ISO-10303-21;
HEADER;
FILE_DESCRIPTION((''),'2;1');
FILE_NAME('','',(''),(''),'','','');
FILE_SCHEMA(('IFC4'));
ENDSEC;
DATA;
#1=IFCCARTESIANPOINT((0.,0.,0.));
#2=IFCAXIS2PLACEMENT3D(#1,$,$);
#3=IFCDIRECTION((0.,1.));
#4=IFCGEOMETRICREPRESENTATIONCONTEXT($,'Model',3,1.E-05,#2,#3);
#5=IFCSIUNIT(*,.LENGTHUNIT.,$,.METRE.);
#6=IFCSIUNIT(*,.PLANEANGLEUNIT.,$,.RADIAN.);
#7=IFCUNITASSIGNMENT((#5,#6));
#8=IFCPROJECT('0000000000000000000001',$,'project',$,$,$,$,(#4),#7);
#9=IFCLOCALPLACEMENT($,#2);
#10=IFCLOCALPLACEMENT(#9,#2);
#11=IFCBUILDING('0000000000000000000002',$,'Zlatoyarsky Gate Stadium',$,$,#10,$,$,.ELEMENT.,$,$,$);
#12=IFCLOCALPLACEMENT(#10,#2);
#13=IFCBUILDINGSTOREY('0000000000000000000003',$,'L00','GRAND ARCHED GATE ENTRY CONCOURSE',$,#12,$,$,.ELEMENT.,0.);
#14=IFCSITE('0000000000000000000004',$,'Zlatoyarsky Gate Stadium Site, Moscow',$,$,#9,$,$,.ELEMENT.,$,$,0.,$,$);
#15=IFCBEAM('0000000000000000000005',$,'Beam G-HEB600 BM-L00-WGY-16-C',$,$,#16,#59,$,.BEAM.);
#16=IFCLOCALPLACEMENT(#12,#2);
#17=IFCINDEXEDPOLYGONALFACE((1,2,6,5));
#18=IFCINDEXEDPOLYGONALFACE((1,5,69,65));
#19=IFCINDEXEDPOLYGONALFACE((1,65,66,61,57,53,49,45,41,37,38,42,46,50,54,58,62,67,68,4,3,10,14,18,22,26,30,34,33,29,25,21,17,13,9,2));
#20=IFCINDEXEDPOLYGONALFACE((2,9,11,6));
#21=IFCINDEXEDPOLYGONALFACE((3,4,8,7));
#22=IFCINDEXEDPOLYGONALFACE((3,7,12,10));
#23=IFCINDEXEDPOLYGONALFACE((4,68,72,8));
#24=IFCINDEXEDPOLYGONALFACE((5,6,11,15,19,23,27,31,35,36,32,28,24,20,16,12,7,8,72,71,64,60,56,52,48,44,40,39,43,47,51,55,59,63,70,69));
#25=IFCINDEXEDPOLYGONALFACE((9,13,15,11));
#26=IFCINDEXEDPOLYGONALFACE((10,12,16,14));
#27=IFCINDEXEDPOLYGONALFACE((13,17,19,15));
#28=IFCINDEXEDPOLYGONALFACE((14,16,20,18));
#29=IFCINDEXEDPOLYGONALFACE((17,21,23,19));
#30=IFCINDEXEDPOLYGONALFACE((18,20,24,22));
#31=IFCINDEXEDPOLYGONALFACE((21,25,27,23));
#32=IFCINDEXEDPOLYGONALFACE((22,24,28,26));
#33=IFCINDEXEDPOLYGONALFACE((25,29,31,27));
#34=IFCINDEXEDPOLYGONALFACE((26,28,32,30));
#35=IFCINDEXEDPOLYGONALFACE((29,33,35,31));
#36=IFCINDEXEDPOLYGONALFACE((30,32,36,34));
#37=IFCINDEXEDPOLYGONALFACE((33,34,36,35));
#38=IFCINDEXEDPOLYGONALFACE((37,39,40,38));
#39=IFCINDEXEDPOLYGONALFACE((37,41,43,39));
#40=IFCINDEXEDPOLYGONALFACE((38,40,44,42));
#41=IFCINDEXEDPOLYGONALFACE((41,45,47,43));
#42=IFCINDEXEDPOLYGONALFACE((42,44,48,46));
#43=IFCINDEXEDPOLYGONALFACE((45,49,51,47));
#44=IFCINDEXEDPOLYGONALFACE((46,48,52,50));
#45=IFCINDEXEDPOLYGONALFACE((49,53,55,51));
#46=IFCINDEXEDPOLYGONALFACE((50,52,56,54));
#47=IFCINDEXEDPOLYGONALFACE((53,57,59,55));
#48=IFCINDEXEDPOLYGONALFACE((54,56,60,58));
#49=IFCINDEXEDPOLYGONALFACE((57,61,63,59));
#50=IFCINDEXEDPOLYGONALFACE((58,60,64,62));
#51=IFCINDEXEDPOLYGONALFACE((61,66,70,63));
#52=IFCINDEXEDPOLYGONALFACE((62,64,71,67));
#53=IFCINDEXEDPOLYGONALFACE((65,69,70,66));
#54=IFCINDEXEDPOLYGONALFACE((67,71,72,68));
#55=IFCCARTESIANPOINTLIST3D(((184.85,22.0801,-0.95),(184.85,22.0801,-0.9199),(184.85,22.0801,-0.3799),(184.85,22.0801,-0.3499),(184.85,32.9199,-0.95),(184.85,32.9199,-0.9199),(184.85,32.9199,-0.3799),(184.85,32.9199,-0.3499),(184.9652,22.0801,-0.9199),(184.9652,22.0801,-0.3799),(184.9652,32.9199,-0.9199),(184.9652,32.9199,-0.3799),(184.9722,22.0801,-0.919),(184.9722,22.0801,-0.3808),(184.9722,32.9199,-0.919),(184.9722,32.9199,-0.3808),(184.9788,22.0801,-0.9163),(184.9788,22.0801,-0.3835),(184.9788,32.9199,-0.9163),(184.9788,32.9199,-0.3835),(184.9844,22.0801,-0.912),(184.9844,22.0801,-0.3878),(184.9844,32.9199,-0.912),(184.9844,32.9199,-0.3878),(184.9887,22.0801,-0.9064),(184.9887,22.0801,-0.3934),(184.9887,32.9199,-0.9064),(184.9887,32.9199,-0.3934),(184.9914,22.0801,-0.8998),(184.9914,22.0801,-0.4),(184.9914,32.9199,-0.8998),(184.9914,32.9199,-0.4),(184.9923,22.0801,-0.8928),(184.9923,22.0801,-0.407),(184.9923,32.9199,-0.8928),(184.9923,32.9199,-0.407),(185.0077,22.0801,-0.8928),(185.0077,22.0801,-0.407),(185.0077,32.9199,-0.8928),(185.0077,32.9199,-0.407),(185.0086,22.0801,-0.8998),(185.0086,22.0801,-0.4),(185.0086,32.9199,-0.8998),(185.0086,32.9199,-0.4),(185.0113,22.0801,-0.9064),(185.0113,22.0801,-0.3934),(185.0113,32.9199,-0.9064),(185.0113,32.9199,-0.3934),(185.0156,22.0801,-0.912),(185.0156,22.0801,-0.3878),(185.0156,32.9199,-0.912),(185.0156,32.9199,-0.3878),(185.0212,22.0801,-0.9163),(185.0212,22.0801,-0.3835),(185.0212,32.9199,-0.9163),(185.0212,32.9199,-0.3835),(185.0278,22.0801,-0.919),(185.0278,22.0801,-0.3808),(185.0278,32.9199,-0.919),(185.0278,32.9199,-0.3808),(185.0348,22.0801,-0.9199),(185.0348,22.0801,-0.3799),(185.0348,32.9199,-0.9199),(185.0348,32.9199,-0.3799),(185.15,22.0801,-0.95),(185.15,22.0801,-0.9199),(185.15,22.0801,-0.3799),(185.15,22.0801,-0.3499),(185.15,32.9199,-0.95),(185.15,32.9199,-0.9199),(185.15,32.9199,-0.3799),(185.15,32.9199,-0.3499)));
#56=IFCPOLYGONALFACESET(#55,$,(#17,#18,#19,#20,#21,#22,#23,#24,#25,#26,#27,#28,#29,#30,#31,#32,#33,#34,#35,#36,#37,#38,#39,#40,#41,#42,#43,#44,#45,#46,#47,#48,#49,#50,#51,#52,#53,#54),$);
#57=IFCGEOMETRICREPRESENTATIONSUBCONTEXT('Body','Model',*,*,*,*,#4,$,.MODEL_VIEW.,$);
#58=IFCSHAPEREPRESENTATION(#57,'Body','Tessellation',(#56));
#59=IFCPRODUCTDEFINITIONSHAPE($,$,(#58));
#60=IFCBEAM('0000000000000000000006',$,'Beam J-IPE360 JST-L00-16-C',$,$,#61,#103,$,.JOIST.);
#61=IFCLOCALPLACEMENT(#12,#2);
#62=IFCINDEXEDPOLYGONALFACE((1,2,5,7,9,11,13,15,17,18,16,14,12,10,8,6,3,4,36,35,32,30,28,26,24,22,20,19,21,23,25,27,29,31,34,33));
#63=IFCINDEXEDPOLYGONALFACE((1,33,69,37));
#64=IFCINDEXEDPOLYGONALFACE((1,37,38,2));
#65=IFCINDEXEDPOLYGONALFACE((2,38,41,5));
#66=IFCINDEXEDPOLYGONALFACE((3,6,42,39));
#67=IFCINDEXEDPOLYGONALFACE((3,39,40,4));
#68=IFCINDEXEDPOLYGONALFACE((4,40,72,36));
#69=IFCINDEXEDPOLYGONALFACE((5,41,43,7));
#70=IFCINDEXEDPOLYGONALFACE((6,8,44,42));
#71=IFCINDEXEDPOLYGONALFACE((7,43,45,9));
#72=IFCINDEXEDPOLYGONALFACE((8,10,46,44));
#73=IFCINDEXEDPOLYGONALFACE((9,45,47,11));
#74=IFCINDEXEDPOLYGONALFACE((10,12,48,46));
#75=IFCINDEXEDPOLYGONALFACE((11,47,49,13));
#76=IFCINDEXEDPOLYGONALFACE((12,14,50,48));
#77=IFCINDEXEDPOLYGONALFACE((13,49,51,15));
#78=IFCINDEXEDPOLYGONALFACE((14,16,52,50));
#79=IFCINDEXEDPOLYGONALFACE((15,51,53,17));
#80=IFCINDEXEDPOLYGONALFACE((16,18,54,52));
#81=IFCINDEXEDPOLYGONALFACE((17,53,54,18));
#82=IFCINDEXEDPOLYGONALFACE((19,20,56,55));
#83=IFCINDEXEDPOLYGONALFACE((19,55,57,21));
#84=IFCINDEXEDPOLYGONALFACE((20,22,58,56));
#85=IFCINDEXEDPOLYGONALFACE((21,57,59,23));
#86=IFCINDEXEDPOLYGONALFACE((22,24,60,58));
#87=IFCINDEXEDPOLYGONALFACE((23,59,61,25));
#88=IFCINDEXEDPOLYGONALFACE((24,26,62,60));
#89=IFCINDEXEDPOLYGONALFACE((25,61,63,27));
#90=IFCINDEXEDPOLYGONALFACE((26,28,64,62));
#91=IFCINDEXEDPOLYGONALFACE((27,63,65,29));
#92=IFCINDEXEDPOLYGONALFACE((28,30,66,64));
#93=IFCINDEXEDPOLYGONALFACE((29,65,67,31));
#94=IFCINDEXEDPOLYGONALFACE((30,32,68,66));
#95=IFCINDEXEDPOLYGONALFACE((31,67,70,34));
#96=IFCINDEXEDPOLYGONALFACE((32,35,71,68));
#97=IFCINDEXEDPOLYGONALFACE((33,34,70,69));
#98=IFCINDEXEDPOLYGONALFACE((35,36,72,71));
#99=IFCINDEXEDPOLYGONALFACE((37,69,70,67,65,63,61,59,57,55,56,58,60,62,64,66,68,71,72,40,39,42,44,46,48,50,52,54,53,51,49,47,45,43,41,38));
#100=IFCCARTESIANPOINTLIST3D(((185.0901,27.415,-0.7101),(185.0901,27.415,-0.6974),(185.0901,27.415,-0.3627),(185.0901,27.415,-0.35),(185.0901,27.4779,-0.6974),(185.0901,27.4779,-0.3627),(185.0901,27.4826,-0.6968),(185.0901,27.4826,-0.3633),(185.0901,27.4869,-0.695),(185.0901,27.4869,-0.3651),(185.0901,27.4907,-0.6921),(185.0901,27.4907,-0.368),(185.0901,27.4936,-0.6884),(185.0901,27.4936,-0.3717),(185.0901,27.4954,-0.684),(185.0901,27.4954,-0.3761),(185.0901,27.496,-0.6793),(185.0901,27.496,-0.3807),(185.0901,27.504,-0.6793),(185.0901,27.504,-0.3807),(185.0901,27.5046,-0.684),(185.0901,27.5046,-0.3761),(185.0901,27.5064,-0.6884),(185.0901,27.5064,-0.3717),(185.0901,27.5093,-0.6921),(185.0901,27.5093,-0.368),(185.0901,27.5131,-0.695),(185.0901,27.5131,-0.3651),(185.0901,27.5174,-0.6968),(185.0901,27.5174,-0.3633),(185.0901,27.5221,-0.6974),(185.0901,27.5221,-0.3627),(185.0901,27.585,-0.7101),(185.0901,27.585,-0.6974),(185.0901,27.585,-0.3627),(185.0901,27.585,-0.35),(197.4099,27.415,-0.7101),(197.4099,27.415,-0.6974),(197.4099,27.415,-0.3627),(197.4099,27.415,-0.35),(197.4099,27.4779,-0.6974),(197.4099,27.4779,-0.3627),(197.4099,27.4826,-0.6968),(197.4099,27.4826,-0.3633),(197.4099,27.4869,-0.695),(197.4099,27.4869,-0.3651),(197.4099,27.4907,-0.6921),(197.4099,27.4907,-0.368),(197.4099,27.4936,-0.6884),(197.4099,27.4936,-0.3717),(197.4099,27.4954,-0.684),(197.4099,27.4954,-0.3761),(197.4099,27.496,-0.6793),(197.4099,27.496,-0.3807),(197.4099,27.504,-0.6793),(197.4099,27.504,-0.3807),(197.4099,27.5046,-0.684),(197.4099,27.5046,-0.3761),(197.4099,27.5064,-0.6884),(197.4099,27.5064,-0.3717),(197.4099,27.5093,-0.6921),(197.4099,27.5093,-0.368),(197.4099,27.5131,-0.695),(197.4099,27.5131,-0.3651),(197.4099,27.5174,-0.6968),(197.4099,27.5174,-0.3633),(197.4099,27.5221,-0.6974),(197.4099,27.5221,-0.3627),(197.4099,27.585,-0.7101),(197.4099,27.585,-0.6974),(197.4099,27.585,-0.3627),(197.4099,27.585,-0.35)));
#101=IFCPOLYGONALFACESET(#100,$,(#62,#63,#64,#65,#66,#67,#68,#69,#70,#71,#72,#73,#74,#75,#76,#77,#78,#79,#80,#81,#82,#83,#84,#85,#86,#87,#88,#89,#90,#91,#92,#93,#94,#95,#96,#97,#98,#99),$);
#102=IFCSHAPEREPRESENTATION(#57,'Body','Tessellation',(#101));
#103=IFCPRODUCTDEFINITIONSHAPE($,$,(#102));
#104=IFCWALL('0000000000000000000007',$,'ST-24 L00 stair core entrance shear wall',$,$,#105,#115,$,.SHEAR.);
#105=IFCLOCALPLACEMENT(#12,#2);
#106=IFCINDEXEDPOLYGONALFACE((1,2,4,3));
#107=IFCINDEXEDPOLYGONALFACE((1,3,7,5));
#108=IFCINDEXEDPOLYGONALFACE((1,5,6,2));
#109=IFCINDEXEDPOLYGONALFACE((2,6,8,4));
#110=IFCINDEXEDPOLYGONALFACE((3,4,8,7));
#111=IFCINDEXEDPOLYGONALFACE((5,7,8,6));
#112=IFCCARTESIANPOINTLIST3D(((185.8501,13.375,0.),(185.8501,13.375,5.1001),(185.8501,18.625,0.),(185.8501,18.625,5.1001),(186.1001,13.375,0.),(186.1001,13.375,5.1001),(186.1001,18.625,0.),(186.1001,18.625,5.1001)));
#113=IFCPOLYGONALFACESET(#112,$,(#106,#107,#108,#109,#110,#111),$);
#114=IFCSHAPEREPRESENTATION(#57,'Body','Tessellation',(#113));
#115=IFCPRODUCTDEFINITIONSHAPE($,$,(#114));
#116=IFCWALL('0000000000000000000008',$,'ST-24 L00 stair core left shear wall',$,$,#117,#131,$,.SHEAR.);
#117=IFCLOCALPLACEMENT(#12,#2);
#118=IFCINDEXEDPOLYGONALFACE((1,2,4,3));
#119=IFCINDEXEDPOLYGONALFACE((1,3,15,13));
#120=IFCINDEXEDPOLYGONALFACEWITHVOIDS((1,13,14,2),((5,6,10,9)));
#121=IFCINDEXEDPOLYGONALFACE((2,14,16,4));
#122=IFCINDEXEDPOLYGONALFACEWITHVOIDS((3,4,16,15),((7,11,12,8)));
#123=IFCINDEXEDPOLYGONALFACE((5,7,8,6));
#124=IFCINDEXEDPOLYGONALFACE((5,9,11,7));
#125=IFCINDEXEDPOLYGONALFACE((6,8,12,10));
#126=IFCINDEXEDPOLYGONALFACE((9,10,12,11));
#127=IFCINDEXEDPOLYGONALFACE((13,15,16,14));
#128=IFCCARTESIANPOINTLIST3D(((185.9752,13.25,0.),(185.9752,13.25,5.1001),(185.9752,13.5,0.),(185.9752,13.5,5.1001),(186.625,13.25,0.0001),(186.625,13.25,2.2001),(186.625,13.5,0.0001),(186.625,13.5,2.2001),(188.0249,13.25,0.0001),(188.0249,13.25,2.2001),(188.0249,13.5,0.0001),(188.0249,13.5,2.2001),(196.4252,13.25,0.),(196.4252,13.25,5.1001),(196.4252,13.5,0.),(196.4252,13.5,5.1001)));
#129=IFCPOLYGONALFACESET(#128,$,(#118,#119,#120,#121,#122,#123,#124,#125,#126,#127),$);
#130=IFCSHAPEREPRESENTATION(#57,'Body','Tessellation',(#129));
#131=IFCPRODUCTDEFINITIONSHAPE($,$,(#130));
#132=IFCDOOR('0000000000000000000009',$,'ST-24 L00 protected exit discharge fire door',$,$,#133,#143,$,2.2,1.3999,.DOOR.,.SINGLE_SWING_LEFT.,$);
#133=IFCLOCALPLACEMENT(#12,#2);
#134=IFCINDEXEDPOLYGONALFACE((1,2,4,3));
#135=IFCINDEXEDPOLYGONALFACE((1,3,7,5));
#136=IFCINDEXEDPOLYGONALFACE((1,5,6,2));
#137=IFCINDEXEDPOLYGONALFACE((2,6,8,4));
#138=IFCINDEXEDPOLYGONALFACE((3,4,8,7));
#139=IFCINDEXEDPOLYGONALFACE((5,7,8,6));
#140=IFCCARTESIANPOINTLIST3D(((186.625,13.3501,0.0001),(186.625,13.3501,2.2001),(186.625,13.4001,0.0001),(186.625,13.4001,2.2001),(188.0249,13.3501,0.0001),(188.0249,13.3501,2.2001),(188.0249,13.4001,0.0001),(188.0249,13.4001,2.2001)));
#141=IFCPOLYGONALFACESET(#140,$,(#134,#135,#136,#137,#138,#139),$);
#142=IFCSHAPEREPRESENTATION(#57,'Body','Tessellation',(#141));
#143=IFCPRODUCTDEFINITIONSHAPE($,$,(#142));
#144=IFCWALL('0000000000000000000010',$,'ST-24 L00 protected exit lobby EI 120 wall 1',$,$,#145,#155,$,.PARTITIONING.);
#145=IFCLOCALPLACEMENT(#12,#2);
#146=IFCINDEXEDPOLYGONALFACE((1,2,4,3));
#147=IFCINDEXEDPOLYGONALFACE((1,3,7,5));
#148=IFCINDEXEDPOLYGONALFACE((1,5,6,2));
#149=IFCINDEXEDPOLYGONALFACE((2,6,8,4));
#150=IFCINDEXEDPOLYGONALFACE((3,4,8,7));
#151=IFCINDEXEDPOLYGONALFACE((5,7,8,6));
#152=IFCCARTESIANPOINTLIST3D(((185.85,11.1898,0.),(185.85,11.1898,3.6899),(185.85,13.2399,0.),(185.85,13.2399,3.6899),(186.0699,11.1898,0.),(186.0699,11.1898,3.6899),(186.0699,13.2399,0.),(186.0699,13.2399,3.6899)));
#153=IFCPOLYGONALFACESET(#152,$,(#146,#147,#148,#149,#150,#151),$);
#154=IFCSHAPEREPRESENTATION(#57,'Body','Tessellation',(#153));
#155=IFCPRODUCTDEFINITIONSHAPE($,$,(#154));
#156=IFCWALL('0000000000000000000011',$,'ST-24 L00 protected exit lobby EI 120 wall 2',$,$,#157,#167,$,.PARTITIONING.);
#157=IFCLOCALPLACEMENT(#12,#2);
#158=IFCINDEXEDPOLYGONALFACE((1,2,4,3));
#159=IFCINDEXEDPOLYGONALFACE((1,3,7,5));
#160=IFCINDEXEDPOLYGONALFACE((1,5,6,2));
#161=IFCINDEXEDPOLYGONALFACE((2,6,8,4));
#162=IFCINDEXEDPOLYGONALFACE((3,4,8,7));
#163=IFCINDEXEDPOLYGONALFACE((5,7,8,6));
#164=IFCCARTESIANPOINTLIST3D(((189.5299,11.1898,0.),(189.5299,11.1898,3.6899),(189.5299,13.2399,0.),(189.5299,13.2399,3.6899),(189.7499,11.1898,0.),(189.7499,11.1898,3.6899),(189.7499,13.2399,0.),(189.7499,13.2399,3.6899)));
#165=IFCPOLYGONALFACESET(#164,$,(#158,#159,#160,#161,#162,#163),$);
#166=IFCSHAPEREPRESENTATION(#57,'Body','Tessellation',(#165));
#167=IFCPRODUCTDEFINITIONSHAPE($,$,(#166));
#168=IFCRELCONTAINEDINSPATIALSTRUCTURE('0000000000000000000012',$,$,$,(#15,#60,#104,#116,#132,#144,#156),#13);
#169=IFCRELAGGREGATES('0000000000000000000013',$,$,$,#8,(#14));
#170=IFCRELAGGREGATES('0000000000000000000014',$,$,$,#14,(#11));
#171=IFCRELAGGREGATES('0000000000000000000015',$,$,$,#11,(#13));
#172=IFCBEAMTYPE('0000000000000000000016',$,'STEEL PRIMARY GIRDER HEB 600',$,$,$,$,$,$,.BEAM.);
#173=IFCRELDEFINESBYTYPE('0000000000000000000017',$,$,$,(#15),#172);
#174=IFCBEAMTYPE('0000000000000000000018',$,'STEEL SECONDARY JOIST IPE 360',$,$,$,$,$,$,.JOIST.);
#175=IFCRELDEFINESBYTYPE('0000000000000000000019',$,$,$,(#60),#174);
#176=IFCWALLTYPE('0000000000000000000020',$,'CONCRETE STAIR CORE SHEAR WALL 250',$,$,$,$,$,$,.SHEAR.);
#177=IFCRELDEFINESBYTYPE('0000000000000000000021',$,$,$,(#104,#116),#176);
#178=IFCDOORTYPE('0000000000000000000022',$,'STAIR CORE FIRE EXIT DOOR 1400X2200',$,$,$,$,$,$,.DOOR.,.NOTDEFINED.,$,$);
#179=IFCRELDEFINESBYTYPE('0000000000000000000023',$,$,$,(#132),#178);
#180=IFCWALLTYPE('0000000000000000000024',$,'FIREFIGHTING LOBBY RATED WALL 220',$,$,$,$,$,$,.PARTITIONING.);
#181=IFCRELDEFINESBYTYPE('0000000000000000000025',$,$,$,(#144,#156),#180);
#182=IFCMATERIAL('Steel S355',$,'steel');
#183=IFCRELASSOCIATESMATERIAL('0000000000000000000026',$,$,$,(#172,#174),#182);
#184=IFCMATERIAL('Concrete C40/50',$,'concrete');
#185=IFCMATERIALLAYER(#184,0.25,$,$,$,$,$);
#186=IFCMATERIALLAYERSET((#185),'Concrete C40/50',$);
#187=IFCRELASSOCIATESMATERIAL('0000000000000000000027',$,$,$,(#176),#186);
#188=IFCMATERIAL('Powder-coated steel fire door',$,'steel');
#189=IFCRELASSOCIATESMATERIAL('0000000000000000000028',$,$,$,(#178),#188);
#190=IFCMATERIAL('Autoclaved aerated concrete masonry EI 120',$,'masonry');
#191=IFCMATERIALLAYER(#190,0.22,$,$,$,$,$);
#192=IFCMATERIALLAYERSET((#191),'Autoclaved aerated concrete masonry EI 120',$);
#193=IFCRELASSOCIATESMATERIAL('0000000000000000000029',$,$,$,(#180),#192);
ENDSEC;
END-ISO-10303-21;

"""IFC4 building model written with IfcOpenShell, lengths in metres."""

from ifc_helpers import new_model, si_unit, direction, frame, frame_2d, origin, origin_2d, place, context, subcontext, project, spatial, rectangle, i_section, extrude, material, layer, layer_set, material_profile, profile_set, type_object, element, fill, save


model = new_model("IFC4")

# Units and contexts
model_context = context("Model", 3, precision=1e-05, world=origin(), true_north=direction((0.0, 1.0)))
body_context = subcontext(model_context, "Body", "Model", "MODEL_VIEW")
ifc_project = project(units=[si_unit("LENGTHUNIT", "METRE"), si_unit("PLANEANGLEUNIT", "RADIAN")], contexts=[model_context])

# Site, building, storey
site_placement = place(None, origin())
site = spatial("IfcSite", under=ifc_project, at=site_placement, Name="Zlatoyarsky Gate Stadium Site, Moscow", CompositionType="ELEMENT", RefElevation=0.0)
building_placement = place(site_placement, origin())
building = spatial("IfcBuilding", under=site, at=building_placement, Name="Zlatoyarsky Gate Stadium", CompositionType="ELEMENT")
storey_placement = place(building_placement, origin())
storey = spatial("IfcBuildingStorey", under=building, at=storey_placement, Name="L00", Description="GRAND ARCHED GATE ENTRY CONCOURSE", CompositionType="ELEMENT", Elevation=0.0)

# Shared definitions
ifc_material_1 = material(Name="Concrete C40/50", Category="concrete")

# Beams
ifc_material_2 = material(Name="Steel S355", Category="steel")
ifc_material_profile_1 = material_profile(ifc_material_2, i_section(OverallWidth=0.3, OverallDepth=0.6001, WebThickness=0.0154, FlangeThickness=0.03, FilletRadius=0.0271, at=origin_2d()), Name="HEB 600")
ifc_profile_set_1 = profile_set([ifc_material_profile_1], Name="Steel S355")
beam_type_1 = type_object("IfcBeamType", Name="STEEL PRIMARY GIRDER HEB 600", PredefinedType="BEAM", material=ifc_profile_set_1)
beam_1_placement = place(storey_placement, frame((185.0, 22.0801, -0.6499), z_axis=(0.0, 1.0, 0.0), x_axis=(-1.0, 0.0, 0.0)))
element("IfcBeam", 1, at=beam_1_placement, inside=storey, type_object=beam_type_1, Name="Beam G-HEB600 BM-L00-WGY-16-C", PredefinedType="BEAM", context=body_context, shape_type="SweptSolid", body=[
    extrude(i_section(OverallWidth=0.3, OverallDepth=0.6001, WebThickness=0.0154, FlangeThickness=0.03, FilletRadius=0.0271, at=origin_2d()), origin(), (0.0, 0.0, 1.0), 10.8398),
])
ifc_material_profile_2 = material_profile(ifc_material_2, i_section(OverallWidth=0.1699, OverallDepth=0.3601, WebThickness=0.0081, FlangeThickness=0.0127, FilletRadius=0.0181, at=origin_2d()), Name="IPE 360")
ifc_profile_set_2 = profile_set([ifc_material_profile_2], Name="Steel S355")
beam_type_2 = type_object("IfcBeamType", Name="STEEL SECONDARY JOIST IPE 360", PredefinedType="JOIST", material=ifc_profile_set_2)
beam_2_placement = place(storey_placement, frame((185.0901, 27.5, -0.53), z_axis=(1.0, 0.0, 0.0), x_axis=(0.0, 1.0, 0.0)))
element("IfcBeam", 2, at=beam_2_placement, inside=storey, type_object=beam_type_2, Name="Beam J-IPE360 JST-L00-16-C", PredefinedType="JOIST", context=body_context, shape_type="SweptSolid", body=[
    extrude(i_section(OverallWidth=0.1699, OverallDepth=0.3601, WebThickness=0.0081, FlangeThickness=0.0127, FilletRadius=0.0181, at=origin_2d()), origin(), (0.0, 0.0, 1.0), 12.3198),
])

# Wall
ifc_layer_1 = layer(ifc_material_1, 0.25)
ifc_layer_set_1 = layer_set([ifc_layer_1], Name="Concrete C40/50")
wall_type_1 = type_object("IfcWallType", Name="CONCRETE STAIR CORE SHEAR WALL 250", PredefinedType="SHEAR", material=ifc_layer_set_1)
wall_1_placement = place(storey_placement, frame((185.9751, 18.625, 0.0), z_axis=(0.0, 0.0, 1.0), x_axis=(0.0, -1.0, 0.0)))
element("IfcWall", 3, at=wall_1_placement, inside=storey, type_object=wall_type_1, Name="ST-24 L00 stair core entrance shear wall", PredefinedType="SHEAR", context=body_context, shape_type="SweptSolid", body=[
    extrude(rectangle(XDim=5.25, YDim=0.25, at=frame_2d((2.625, 0.0))), origin(), (0.0, 0.0, 1.0), 5.1001),
])

# Wall, opening, door
wall_2_placement = place(storey_placement, frame((185.9751, 13.375, 0.0), z_axis=(0.0, 0.0, 1.0), x_axis=(1.0, 0.0, 0.0)))
wall_2 = element("IfcWall", 4, at=wall_2_placement, inside=storey, type_object=wall_type_1, Name="ST-24 L00 stair core left shear wall", PredefinedType="SHEAR", context=body_context, shape_type="SweptSolid", body=[
    extrude(rectangle(XDim=10.45, YDim=0.25, at=frame_2d((5.2251, 0.0))), origin(), (0.0, 0.0, 1.0), 5.1001),
])
opening_1_placement = place(wall_2_placement, frame((0.6499, 0.0, 0.0)))
opening_1 = element("IfcOpeningElement", 5, at=opening_1_placement, cuts=wall_2, PredefinedType="OPENING", context=body_context, shape_type="SweptSolid", body=[
    extrude(rectangle(XDim=1.3999, YDim=2.2, at=frame_2d((0.7, 1.1001))), frame((0.0, 0.135, 0.0), z_axis=(0.0, -1.0, 0.0), x_axis=(1.0, 0.0, 0.0)), (0.0, 0.0, 1.0), 0.27),
])
ifc_material_3 = material(Name="Powder-coated steel fire door", Category="steel")
door_type_1 = type_object("IfcDoorType", Name="STAIR CORE FIRE EXIT DOOR 1400X2200", OperationType="NOTDEFINED", PredefinedType="DOOR", material=ifc_material_3)
door_1_placement = place(opening_1_placement, frame((1.3999, 0.0, 0.0), z_axis=(0.0, 0.0, 1.0), x_axis=(-1.0, 0.0, 0.0)))
door_1 = element("IfcDoor", 6, at=door_1_placement, inside=storey, type_object=door_type_1, Name="ST-24 L00 protected exit discharge fire door", OperationType="SINGLE_SWING_LEFT", OverallHeight=2.2, OverallWidth=1.3999, PredefinedType="DOOR", context=body_context, shape_type="SweptSolid", body=[
    extrude(rectangle(XDim=1.3999, YDim=2.2, at=frame_2d((0.7, 1.1001))), frame((0.0, 0.0249, 0.0), z_axis=(0.0, -1.0, 0.0), x_axis=(1.0, 0.0, 0.0)), (0.0, 0.0, 1.0), 0.05),
])
fill(opening_1, door_1)

# Walls
ifc_material_4 = material(Name="Autoclaved aerated concrete masonry EI 120", Category="masonry")
ifc_layer_2 = layer(ifc_material_4, 0.22)
ifc_layer_set_2 = layer_set([ifc_layer_2], Name="Autoclaved aerated concrete masonry EI 120")
wall_type_2 = type_object("IfcWallType", Name="FIREFIGHTING LOBBY RATED WALL 220", PredefinedType="PARTITIONING", material=ifc_layer_set_2)
for number, where, z_axis, x_axis, name in (
    (7, (185.96, 11.1899, 0.0), (0.0, 0.0, 1.0), (0.0, 1.0, 0.0), "ST-24 L00 protected exit lobby EI 120 wall 1"),
    (8, (189.6399, 11.1899, 0.0), (0.0, 0.0, 1.0), (0.0, 1.0, 0.0), "ST-24 L00 protected exit lobby EI 120 wall 2"),
):
    element("IfcWall", number, at=place(storey_placement, frame(where, z_axis=z_axis, x_axis=x_axis)), inside=storey, type_object=wall_type_2, Name=name, PredefinedType="PARTITIONING", context=body_context, shape_type="SweptSolid", body=[
        extrude(rectangle(XDim=2.05, YDim=0.22, at=frame_2d((1.0249, 0.0))), origin(), (0.0, 0.0, 1.0), 3.6899),
    ])

save(model, "model.ifc")
